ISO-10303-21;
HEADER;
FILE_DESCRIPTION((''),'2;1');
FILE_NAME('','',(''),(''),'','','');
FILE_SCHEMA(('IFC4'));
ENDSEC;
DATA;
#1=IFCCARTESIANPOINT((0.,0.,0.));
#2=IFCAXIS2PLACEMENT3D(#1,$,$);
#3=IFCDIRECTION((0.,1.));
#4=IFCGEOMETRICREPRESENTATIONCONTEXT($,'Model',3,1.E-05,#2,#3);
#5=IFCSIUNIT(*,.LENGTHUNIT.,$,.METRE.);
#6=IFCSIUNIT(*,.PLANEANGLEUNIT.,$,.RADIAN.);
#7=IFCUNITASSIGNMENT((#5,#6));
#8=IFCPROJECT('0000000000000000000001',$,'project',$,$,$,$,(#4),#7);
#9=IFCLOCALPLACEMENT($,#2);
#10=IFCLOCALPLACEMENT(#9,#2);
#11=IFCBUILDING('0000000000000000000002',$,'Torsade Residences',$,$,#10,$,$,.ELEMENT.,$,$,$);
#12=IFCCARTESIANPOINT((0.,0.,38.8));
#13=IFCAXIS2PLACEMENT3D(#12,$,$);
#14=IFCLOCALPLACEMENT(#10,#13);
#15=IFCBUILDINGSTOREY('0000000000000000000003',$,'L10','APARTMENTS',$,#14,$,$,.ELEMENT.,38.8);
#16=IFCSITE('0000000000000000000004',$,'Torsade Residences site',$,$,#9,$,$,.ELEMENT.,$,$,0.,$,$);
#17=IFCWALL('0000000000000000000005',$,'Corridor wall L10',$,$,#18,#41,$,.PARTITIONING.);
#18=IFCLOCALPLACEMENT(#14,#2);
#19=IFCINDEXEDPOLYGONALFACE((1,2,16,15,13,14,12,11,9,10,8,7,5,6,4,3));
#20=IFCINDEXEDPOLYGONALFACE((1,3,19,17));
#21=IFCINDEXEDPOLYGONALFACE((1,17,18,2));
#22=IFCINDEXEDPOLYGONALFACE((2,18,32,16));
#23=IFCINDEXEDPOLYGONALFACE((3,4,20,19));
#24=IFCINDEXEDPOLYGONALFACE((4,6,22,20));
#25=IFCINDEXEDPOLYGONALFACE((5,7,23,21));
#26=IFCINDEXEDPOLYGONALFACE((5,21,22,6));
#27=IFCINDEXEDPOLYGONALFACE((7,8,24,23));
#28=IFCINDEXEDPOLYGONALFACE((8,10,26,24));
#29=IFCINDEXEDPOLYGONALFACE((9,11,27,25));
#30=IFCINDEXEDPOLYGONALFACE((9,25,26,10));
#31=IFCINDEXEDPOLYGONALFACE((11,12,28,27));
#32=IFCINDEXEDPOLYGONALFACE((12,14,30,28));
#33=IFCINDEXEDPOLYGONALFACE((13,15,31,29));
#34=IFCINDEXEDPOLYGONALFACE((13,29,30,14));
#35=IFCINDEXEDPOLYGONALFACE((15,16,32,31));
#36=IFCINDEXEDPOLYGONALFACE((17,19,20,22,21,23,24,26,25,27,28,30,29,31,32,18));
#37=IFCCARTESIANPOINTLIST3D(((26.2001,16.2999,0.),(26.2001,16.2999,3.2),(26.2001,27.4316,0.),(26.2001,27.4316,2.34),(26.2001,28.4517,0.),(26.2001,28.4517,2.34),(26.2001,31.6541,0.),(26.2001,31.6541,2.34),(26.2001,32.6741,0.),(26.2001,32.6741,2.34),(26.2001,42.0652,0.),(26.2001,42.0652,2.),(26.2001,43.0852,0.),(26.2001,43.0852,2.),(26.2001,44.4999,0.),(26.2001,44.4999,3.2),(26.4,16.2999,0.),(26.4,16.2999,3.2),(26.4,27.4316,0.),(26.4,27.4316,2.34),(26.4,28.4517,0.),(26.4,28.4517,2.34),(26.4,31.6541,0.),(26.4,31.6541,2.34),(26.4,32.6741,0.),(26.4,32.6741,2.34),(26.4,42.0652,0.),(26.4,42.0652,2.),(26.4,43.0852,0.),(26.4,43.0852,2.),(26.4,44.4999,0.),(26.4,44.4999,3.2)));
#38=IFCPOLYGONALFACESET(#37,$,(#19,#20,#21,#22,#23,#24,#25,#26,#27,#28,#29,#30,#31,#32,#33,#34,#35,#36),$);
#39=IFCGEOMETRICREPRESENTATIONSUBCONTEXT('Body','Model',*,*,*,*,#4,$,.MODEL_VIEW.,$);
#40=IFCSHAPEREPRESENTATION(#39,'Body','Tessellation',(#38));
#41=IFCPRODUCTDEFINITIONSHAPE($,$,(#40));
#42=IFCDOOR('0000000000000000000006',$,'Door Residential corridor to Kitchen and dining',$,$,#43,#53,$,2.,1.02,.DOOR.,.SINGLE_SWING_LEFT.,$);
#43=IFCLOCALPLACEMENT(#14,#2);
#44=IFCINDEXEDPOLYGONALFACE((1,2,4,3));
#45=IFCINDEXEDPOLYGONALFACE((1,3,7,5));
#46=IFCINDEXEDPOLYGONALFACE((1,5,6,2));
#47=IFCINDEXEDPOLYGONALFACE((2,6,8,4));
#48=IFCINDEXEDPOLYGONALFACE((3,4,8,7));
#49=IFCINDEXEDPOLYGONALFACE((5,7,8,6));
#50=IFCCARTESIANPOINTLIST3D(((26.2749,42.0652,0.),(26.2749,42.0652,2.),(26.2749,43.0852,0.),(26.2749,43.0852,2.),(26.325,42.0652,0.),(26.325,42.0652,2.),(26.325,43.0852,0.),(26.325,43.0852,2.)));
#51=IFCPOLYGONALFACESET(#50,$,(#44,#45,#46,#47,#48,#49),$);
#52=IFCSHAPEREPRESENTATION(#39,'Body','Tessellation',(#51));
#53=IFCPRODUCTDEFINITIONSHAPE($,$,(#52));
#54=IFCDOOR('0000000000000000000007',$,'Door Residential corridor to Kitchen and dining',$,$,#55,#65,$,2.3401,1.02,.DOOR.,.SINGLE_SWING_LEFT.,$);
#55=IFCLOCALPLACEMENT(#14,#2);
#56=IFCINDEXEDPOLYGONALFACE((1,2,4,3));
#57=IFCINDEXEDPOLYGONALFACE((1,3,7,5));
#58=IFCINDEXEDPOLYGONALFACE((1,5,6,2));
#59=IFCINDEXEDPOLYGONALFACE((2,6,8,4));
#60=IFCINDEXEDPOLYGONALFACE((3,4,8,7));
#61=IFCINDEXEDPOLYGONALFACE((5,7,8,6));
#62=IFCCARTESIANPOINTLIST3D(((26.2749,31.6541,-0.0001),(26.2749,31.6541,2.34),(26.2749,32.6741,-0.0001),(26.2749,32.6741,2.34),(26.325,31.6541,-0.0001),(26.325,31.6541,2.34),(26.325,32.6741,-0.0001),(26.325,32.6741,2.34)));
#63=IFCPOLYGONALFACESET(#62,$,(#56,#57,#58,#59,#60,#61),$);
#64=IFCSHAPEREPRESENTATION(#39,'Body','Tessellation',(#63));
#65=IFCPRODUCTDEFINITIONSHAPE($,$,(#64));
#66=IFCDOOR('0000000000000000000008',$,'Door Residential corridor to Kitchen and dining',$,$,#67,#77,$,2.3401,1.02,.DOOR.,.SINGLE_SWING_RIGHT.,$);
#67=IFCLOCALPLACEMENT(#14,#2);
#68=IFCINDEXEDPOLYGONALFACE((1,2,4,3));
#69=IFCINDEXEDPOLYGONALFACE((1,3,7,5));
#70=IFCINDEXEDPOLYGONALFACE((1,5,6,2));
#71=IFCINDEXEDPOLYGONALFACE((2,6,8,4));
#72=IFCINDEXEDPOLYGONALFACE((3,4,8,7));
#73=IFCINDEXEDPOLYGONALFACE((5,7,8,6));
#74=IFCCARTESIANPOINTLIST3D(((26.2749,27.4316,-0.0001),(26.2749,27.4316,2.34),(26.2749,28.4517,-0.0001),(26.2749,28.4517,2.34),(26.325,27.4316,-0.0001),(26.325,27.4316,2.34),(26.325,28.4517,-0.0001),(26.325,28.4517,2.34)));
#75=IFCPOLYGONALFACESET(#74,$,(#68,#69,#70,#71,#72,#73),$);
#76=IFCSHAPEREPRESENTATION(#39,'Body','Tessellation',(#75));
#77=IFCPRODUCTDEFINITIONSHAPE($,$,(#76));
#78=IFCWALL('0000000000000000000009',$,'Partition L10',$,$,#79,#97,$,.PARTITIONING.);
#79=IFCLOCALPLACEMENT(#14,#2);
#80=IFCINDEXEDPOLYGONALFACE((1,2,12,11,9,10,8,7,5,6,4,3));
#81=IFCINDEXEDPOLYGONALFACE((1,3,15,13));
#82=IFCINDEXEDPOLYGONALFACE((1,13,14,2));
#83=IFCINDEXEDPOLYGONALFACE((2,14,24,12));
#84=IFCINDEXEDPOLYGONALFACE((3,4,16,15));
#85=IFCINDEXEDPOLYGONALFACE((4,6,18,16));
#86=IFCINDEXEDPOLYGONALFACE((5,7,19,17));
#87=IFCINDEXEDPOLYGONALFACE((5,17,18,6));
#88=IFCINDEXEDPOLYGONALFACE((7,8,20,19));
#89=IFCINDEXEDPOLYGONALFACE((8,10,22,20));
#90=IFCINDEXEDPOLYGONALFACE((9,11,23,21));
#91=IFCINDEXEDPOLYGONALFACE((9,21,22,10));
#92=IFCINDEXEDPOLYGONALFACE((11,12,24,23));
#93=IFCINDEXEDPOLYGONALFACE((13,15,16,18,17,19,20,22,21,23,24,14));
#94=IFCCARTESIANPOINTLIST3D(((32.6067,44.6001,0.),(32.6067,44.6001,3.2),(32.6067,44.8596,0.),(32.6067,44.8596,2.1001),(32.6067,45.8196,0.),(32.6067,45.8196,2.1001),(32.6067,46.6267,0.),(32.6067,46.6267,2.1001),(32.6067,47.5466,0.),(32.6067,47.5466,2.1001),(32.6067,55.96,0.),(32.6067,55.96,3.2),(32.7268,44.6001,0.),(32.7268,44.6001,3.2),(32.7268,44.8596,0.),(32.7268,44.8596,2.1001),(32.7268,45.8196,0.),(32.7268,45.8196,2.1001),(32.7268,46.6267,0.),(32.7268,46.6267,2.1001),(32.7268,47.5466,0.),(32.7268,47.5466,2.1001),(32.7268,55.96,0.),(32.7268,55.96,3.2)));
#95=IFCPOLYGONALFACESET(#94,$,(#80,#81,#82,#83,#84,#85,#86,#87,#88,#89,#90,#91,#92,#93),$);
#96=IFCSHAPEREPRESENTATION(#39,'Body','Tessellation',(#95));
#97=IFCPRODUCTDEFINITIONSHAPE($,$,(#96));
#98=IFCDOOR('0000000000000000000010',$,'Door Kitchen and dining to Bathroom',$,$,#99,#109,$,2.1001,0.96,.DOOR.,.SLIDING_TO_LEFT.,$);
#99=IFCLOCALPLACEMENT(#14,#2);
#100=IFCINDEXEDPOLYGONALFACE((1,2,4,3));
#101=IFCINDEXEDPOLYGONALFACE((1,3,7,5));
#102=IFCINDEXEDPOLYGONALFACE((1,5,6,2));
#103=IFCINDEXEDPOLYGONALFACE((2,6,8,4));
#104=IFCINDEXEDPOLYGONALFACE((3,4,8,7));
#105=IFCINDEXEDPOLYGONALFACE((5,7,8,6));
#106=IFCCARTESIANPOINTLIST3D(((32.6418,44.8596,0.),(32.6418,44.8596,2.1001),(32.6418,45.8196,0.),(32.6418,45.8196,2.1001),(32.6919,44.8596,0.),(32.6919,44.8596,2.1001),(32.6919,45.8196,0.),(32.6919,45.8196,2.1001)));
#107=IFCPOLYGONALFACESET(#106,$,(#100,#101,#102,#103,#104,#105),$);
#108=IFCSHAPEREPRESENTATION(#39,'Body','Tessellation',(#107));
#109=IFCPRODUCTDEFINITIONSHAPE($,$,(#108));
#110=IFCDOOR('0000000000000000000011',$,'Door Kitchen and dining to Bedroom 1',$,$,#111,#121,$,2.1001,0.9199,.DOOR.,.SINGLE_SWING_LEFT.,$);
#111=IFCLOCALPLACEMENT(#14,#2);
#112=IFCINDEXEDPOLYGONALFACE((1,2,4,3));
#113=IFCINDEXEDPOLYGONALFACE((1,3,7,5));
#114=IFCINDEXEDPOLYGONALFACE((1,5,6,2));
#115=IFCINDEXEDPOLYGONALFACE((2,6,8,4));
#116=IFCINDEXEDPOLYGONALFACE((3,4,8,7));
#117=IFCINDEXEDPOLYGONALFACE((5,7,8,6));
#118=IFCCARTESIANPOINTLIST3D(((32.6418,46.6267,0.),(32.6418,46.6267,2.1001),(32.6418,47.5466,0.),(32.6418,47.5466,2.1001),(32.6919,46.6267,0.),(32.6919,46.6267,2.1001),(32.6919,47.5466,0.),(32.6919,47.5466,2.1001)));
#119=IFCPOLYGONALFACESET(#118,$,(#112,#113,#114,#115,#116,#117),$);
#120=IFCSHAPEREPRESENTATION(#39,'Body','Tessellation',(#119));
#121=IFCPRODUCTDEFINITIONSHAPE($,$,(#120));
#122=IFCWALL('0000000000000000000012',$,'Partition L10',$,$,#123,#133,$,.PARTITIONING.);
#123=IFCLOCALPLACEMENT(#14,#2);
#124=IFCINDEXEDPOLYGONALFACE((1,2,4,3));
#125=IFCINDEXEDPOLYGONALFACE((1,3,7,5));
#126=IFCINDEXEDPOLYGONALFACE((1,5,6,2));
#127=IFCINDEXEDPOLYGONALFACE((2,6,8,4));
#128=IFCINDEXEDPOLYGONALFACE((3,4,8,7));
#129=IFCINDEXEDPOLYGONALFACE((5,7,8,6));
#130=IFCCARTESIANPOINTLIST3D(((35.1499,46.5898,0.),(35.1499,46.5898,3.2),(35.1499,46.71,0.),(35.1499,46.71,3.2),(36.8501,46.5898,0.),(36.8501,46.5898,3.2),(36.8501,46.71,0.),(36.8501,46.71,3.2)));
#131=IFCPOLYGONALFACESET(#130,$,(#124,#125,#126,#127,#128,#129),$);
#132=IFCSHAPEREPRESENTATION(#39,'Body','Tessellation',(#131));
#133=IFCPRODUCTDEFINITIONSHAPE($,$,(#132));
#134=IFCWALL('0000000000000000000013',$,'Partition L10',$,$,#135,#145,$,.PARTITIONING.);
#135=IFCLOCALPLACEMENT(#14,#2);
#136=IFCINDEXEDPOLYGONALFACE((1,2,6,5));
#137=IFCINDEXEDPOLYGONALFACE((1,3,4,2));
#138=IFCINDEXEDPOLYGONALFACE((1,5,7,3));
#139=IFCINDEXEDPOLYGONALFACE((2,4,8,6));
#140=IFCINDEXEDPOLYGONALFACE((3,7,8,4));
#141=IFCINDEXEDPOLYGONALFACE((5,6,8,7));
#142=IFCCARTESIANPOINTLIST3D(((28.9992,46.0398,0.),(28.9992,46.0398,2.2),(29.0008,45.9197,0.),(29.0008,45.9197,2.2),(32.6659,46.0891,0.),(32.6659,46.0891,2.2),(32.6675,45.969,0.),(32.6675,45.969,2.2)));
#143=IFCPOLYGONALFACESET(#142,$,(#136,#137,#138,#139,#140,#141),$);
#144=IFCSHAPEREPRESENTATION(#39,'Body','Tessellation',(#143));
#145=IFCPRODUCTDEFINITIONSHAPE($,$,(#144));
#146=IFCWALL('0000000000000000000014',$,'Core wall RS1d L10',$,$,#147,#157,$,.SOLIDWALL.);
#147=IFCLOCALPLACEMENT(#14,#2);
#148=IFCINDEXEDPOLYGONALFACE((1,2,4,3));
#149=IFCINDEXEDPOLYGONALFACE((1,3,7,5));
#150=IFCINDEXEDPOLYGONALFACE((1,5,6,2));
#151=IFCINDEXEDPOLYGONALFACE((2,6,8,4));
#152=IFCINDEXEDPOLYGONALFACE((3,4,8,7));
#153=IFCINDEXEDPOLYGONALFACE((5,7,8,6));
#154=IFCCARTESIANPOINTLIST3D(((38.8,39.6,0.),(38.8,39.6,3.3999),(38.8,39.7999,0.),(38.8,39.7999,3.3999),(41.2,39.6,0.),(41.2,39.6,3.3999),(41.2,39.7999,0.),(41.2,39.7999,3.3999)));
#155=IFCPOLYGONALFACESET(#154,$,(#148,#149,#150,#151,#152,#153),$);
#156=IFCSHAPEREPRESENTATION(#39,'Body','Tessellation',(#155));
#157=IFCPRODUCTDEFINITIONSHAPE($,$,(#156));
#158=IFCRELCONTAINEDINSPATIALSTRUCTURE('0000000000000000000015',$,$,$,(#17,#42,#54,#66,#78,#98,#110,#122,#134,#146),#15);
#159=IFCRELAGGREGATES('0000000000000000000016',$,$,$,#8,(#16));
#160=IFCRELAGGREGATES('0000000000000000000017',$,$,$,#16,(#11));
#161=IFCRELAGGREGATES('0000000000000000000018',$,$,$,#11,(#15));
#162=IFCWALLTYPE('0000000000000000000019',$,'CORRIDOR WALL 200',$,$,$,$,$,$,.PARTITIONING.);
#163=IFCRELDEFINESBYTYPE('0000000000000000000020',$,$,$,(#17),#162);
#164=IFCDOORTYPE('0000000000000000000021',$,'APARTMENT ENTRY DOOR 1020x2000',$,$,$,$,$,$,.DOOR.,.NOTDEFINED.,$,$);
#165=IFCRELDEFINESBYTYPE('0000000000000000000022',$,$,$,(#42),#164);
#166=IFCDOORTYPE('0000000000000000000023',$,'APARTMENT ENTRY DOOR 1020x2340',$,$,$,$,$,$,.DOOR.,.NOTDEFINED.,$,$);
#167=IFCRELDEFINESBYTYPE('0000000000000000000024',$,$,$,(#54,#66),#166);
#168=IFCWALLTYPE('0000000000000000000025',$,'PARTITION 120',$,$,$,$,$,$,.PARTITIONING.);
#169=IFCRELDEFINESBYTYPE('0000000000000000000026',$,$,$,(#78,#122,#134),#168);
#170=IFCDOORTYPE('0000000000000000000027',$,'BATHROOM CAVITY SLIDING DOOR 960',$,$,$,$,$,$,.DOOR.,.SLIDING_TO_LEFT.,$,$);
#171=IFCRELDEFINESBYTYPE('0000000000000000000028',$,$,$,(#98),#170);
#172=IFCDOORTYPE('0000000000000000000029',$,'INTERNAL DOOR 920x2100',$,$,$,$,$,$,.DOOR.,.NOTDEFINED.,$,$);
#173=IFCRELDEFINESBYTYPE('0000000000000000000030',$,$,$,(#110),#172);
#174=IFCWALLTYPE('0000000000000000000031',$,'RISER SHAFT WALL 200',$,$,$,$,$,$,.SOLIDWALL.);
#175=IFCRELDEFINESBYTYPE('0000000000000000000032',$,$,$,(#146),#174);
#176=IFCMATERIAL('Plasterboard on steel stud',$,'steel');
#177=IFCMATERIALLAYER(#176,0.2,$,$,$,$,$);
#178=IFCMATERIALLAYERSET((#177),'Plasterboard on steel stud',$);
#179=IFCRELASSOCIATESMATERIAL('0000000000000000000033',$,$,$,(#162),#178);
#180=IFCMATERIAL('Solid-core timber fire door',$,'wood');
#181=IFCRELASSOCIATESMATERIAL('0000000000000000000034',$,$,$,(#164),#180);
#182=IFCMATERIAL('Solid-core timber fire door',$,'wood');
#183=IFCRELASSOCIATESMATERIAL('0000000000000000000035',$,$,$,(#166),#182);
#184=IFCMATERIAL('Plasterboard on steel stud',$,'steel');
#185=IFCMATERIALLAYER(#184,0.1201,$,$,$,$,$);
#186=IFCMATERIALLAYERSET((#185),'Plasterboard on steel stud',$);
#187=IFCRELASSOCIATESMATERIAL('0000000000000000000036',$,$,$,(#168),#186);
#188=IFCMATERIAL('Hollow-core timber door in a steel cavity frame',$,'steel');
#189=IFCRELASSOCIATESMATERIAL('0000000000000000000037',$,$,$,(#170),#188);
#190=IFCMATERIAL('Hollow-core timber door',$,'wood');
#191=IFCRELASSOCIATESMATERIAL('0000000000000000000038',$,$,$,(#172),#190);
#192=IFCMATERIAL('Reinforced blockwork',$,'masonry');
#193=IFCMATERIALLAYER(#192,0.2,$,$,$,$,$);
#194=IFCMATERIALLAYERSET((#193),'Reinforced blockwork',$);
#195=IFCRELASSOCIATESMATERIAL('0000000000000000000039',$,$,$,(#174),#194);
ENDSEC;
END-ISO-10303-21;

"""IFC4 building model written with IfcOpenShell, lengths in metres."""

from ifc_helpers import new_model, si_unit, direction, frame, frame_2d, origin, place, context, subcontext, project, spatial, rectangle, extrude, material, layer, layer_set, type_object, element, fill, save


model = new_model("IFC4")

# Units and contexts
model_context = context("Model", 3, precision=1e-05, world=origin(), true_north=direction((0.0, 1.0)))
body_context = subcontext(model_context, "Body", "Model", "MODEL_VIEW")
ifc_project = project(units=[si_unit("LENGTHUNIT", "METRE"), si_unit("PLANEANGLEUNIT", "RADIAN")], contexts=[model_context])

# Site, building, storey
site_placement = place(None, origin())
site = spatial("IfcSite", under=ifc_project, at=site_placement, Name="Torsade Residences site", CompositionType="ELEMENT", RefElevation=0.0)
building_placement = place(site_placement, origin())
building = spatial("IfcBuilding", under=site, at=building_placement, Name="Torsade Residences", CompositionType="ELEMENT")
storey_placement = place(building_placement, frame((0.0, 0.0, 38.8)))
storey = spatial("IfcBuildingStorey", under=building, at=storey_placement, Name="L10", Description="APARTMENTS", CompositionType="ELEMENT", Elevation=38.8)

# Walls, openings, doors
ifc_material_1 = material(Name="Plasterboard on steel stud", Category="steel")
ifc_layer_1 = layer(ifc_material_1, 0.2)
ifc_layer_set_1 = layer_set([ifc_layer_1], Name="Plasterboard on steel stud")
wall_type_1 = type_object("IfcWallType", Name="CORRIDOR WALL 200", PredefinedType="PARTITIONING", material=ifc_layer_set_1)
wall_1_placement = place(storey_placement, frame((26.3, 44.5, 0.0), z_axis=(0.0, 0.0, 1.0), x_axis=(0.0, -1.0, 0.0)))
wall_1 = element("IfcWall", 1, at=wall_1_placement, inside=storey, type_object=wall_type_1, Name="Corridor wall L10", PredefinedType="PARTITIONING", context=body_context, shape_type="SweptSolid", body=[
    extrude(rectangle(XDim=28.2, YDim=0.2, at=frame_2d((14.1001, 0.0))), origin(), (0.0, 0.0, 1.0), 3.2),
])
opening_1_placement = place(wall_1_placement, frame((11.8259, 0.0, 0.0)))
opening_1 = element("IfcOpeningElement", 2, at=opening_1_placement, cuts=wall_1, PredefinedType="OPENING", context=body_context, shape_type="SweptSolid", body=[
    extrude(rectangle(XDim=1.02, YDim=2.3401, at=frame_2d((0.51, 1.1699))), frame((0.0, 0.1099, 0.0), z_axis=(0.0, -1.0, 0.0), x_axis=(1.0, 0.0, 0.0)), (0.0, 0.0, 1.0), 0.22),
])
opening_2_placement = place(wall_1_placement, frame((16.0483, 0.0, 0.0)))
opening_2 = element("IfcOpeningElement", 3, at=opening_2_placement, cuts=wall_1, PredefinedType="OPENING", context=body_context, shape_type="SweptSolid", body=[
    extrude(rectangle(XDim=1.02, YDim=2.3401, at=frame_2d((0.51, 1.1699))), frame((0.0, 0.1099, 0.0), z_axis=(0.0, -1.0, 0.0), x_axis=(1.0, 0.0, 0.0)), (0.0, 0.0, 1.0), 0.22),
])
opening_3_placement = place(wall_1_placement, frame((1.4148, 0.0, 0.0)))
opening_3 = element("IfcOpeningElement", 4, at=opening_3_placement, cuts=wall_1, PredefinedType="OPENING", context=body_context, shape_type="SweptSolid", body=[
    extrude(rectangle(XDim=1.02, YDim=2.0, at=frame_2d((0.51, 1.0))), frame((0.0, 0.1099, 0.0), z_axis=(0.0, -1.0, 0.0), x_axis=(1.0, 0.0, 0.0)), (0.0, 0.0, 1.0), 0.22),
])
ifc_material_2 = material(Name="Solid-core timber fire door", Category="wood")
door_type_1 = type_object("IfcDoorType", Name="APARTMENT ENTRY DOOR 1020x2000", OperationType="NOTDEFINED", PredefinedType="DOOR", material=ifc_material_2)
door_1_placement = place(opening_3_placement, origin())
door_1 = element("IfcDoor", 5, at=door_1_placement, inside=storey, type_object=door_type_1, Name="Door Residential corridor to Kitchen and dining", OperationType="SINGLE_SWING_LEFT", OverallHeight=2.0, OverallWidth=1.02, PredefinedType="DOOR", context=body_context, shape_type="SweptSolid", body=[
    extrude(rectangle(XDim=1.02, YDim=2.0, at=frame_2d((0.51, 1.0))), frame((0.0, 0.0249, 0.0), z_axis=(0.0, -1.0, 0.0), x_axis=(1.0, 0.0, 0.0)), (0.0, 0.0, 1.0), 0.05),
])
fill(opening_3, door_1)
ifc_material_3 = material(Name="Solid-core timber fire door", Category="wood")
door_type_2 = type_object("IfcDoorType", Name="APARTMENT ENTRY DOOR 1020x2340", OperationType="NOTDEFINED", PredefinedType="DOOR", material=ifc_material_3)
door_2_placement = place(opening_1_placement, origin())
door_2 = element("IfcDoor", 6, at=door_2_placement, inside=storey, type_object=door_type_2, Name="Door Residential corridor to Kitchen and dining", OperationType="SINGLE_SWING_LEFT", OverallHeight=2.3401, OverallWidth=1.02, PredefinedType="DOOR", context=body_context, shape_type="SweptSolid", body=[
    extrude(rectangle(XDim=1.02, YDim=2.3401, at=frame_2d((0.51, 1.1699))), frame((0.0, 0.0249, 0.0), z_axis=(0.0, -1.0, 0.0), x_axis=(1.0, 0.0, 0.0)), (0.0, 0.0, 1.0), 0.05),
])
fill(opening_1, door_2)
door_3_placement = place(opening_2_placement, origin())
door_3 = element("IfcDoor", 7, at=door_3_placement, inside=storey, type_object=door_type_2, Name="Door Residential corridor to Kitchen and dining", OperationType="SINGLE_SWING_RIGHT", OverallHeight=2.3401, OverallWidth=1.02, PredefinedType="DOOR", context=body_context, shape_type="SweptSolid", body=[
    extrude(rectangle(XDim=1.02, YDim=2.3401, at=frame_2d((0.51, 1.1699))), frame((0.0, 0.0249, 0.0), z_axis=(0.0, -1.0, 0.0), x_axis=(1.0, 0.0, 0.0)), (0.0, 0.0, 1.0), 0.05),
])
fill(opening_2, door_3)
ifc_material_4 = material(Name="Plasterboard on steel stud", Category="steel")
ifc_layer_2 = layer(ifc_material_4, 0.1201)
ifc_layer_set_2 = layer_set([ifc_layer_2], Name="Plasterboard on steel stud")
wall_type_2 = type_object("IfcWallType", Name="PARTITION 120", PredefinedType="PARTITIONING", material=ifc_layer_set_2)
wall_2_placement = place(storey_placement, frame((32.6667, 44.6001, 0.0), z_axis=(0.0, 0.0, 1.0), x_axis=(0.0, 1.0, 0.0)))
wall_2 = element("IfcWall", 8, at=wall_2_placement, inside=storey, type_object=wall_type_2, Name="Partition L10", PredefinedType="PARTITIONING", context=body_context, shape_type="SweptSolid", body=[
    extrude(rectangle(XDim=11.3599, YDim=0.1201, at=frame_2d((5.6799, 0.0))), origin(), (0.0, 0.0, 1.0), 3.2),
])
opening_4_placement = place(wall_2_placement, frame((2.0266, 0.0, 0.0)))
opening_4 = element("IfcOpeningElement", 9, at=opening_4_placement, cuts=wall_2, PredefinedType="OPENING", context=body_context, shape_type="SweptSolid", body=[
    extrude(rectangle(XDim=0.9199, YDim=2.1001, at=frame_2d((0.46, 1.05))), frame((0.0, 0.0701, 0.0), z_axis=(0.0, -1.0, 0.0), x_axis=(1.0, 0.0, 0.0)), (0.0, 0.0, 1.0), 0.1401),
])
opening_5_placement = place(wall_2_placement, frame((0.2595, 0.0, 0.0)))
opening_5 = element("IfcOpeningElement", 10, at=opening_5_placement, cuts=wall_2, PredefinedType="OPENING", context=body_context, shape_type="SweptSolid", body=[
    extrude(rectangle(XDim=0.96, YDim=2.1001, at=frame_2d((0.48, 1.05))), frame((0.0, 0.0701, 0.0), z_axis=(0.0, -1.0, 0.0), x_axis=(1.0, 0.0, 0.0)), (0.0, 0.0, 1.0), 0.1401),
])
ifc_material_5 = material(Name="Hollow-core timber door in a steel cavity frame", Category="steel")
door_type_3 = type_object("IfcDoorType", Name="BATHROOM CAVITY SLIDING DOOR 960", OperationType="SLIDING_TO_LEFT", PredefinedType="DOOR", material=ifc_material_5)
door_4_placement = place(opening_5_placement, origin())
door_4 = element("IfcDoor", 11, at=door_4_placement, inside=storey, type_object=door_type_3, Name="Door Kitchen and dining to Bathroom", OperationType="SLIDING_TO_LEFT", OverallHeight=2.1001, OverallWidth=0.96, PredefinedType="DOOR", context=body_context, shape_type="SweptSolid", body=[
    extrude(rectangle(XDim=0.96, YDim=2.1001, at=frame_2d((0.48, 1.05))), frame((0.0, 0.0249, 0.0), z_axis=(0.0, -1.0, 0.0), x_axis=(1.0, 0.0, 0.0)), (0.0, 0.0, 1.0), 0.05),
])
fill(opening_5, door_4)
ifc_material_6 = material(Name="Hollow-core timber door", Category="wood")
door_type_4 = type_object("IfcDoorType", Name="INTERNAL DOOR 920x2100", OperationType="NOTDEFINED", PredefinedType="DOOR", material=ifc_material_6)
door_5_placement = place(opening_4_placement, origin())
door_5 = element("IfcDoor", 12, at=door_5_placement, inside=storey, type_object=door_type_4, Name="Door Kitchen and dining to Bedroom 1", OperationType="SINGLE_SWING_LEFT", OverallHeight=2.1001, OverallWidth=0.9199, PredefinedType="DOOR", context=body_context, shape_type="SweptSolid", body=[
    extrude(rectangle(XDim=0.9199, YDim=2.1001, at=frame_2d((0.46, 1.05))), frame((0.0, 0.0249, 0.0), z_axis=(0.0, -1.0, 0.0), x_axis=(1.0, 0.0, 0.0)), (0.0, 0.0, 1.0), 0.05),
])
fill(opening_4, door_5)

# Walls
wall_3_placement = place(storey_placement, frame((35.1499, 46.6499, 0.0), z_axis=(0.0, 0.0, 1.0), x_axis=(1.0, 0.0, 0.0)))
element("IfcWall", 13, at=wall_3_placement, inside=storey, type_object=wall_type_2, Name="Partition L10", PredefinedType="PARTITIONING", context=body_context, shape_type="SweptSolid", body=[
    extrude(rectangle(XDim=1.7002, YDim=0.1201, at=frame_2d((0.8501, 0.0))), origin(), (0.0, 0.0, 1.0), 3.2),
])
wall_4_placement = place(storey_placement, frame((29.0, 45.9797, 0.0), z_axis=(0.0, 0.0, 1.0), x_axis=(0.99991, 0.013448, 0.0)))
element("IfcWall", 14, at=wall_4_placement, inside=storey, type_object=wall_type_2, Name="Partition L10", PredefinedType="PARTITIONING", context=body_context, shape_type="SweptSolid", body=[
    extrude(rectangle(XDim=3.667, YDim=0.1201, at=frame_2d((1.8335, 0.0))), origin(), (0.0, 0.0, 1.0), 2.2),
])
ifc_material_7 = material(Name="Reinforced blockwork", Category="masonry")
ifc_layer_3 = layer(ifc_material_7, 0.2)
ifc_layer_set_3 = layer_set([ifc_layer_3], Name="Reinforced blockwork")
wall_type_3 = type_object("IfcWallType", Name="RISER SHAFT WALL 200", PredefinedType="SOLIDWALL", material=ifc_layer_set_3)
wall_5_placement = place(storey_placement, frame((38.8, 39.7, 0.0), z_axis=(0.0, 0.0, 1.0), x_axis=(1.0, 0.0, 0.0)))
element("IfcWall", 15, at=wall_5_placement, inside=storey, type_object=wall_type_3, Name="Core wall RS1d L10", PredefinedType="SOLIDWALL", context=body_context, shape_type="SweptSolid", body=[
    extrude(rectangle(XDim=2.3999, YDim=0.2, at=frame_2d((1.2, 0.0))), origin(), (0.0, 0.0, 1.0), 3.3999),
])

save(model, "model.ifc")
